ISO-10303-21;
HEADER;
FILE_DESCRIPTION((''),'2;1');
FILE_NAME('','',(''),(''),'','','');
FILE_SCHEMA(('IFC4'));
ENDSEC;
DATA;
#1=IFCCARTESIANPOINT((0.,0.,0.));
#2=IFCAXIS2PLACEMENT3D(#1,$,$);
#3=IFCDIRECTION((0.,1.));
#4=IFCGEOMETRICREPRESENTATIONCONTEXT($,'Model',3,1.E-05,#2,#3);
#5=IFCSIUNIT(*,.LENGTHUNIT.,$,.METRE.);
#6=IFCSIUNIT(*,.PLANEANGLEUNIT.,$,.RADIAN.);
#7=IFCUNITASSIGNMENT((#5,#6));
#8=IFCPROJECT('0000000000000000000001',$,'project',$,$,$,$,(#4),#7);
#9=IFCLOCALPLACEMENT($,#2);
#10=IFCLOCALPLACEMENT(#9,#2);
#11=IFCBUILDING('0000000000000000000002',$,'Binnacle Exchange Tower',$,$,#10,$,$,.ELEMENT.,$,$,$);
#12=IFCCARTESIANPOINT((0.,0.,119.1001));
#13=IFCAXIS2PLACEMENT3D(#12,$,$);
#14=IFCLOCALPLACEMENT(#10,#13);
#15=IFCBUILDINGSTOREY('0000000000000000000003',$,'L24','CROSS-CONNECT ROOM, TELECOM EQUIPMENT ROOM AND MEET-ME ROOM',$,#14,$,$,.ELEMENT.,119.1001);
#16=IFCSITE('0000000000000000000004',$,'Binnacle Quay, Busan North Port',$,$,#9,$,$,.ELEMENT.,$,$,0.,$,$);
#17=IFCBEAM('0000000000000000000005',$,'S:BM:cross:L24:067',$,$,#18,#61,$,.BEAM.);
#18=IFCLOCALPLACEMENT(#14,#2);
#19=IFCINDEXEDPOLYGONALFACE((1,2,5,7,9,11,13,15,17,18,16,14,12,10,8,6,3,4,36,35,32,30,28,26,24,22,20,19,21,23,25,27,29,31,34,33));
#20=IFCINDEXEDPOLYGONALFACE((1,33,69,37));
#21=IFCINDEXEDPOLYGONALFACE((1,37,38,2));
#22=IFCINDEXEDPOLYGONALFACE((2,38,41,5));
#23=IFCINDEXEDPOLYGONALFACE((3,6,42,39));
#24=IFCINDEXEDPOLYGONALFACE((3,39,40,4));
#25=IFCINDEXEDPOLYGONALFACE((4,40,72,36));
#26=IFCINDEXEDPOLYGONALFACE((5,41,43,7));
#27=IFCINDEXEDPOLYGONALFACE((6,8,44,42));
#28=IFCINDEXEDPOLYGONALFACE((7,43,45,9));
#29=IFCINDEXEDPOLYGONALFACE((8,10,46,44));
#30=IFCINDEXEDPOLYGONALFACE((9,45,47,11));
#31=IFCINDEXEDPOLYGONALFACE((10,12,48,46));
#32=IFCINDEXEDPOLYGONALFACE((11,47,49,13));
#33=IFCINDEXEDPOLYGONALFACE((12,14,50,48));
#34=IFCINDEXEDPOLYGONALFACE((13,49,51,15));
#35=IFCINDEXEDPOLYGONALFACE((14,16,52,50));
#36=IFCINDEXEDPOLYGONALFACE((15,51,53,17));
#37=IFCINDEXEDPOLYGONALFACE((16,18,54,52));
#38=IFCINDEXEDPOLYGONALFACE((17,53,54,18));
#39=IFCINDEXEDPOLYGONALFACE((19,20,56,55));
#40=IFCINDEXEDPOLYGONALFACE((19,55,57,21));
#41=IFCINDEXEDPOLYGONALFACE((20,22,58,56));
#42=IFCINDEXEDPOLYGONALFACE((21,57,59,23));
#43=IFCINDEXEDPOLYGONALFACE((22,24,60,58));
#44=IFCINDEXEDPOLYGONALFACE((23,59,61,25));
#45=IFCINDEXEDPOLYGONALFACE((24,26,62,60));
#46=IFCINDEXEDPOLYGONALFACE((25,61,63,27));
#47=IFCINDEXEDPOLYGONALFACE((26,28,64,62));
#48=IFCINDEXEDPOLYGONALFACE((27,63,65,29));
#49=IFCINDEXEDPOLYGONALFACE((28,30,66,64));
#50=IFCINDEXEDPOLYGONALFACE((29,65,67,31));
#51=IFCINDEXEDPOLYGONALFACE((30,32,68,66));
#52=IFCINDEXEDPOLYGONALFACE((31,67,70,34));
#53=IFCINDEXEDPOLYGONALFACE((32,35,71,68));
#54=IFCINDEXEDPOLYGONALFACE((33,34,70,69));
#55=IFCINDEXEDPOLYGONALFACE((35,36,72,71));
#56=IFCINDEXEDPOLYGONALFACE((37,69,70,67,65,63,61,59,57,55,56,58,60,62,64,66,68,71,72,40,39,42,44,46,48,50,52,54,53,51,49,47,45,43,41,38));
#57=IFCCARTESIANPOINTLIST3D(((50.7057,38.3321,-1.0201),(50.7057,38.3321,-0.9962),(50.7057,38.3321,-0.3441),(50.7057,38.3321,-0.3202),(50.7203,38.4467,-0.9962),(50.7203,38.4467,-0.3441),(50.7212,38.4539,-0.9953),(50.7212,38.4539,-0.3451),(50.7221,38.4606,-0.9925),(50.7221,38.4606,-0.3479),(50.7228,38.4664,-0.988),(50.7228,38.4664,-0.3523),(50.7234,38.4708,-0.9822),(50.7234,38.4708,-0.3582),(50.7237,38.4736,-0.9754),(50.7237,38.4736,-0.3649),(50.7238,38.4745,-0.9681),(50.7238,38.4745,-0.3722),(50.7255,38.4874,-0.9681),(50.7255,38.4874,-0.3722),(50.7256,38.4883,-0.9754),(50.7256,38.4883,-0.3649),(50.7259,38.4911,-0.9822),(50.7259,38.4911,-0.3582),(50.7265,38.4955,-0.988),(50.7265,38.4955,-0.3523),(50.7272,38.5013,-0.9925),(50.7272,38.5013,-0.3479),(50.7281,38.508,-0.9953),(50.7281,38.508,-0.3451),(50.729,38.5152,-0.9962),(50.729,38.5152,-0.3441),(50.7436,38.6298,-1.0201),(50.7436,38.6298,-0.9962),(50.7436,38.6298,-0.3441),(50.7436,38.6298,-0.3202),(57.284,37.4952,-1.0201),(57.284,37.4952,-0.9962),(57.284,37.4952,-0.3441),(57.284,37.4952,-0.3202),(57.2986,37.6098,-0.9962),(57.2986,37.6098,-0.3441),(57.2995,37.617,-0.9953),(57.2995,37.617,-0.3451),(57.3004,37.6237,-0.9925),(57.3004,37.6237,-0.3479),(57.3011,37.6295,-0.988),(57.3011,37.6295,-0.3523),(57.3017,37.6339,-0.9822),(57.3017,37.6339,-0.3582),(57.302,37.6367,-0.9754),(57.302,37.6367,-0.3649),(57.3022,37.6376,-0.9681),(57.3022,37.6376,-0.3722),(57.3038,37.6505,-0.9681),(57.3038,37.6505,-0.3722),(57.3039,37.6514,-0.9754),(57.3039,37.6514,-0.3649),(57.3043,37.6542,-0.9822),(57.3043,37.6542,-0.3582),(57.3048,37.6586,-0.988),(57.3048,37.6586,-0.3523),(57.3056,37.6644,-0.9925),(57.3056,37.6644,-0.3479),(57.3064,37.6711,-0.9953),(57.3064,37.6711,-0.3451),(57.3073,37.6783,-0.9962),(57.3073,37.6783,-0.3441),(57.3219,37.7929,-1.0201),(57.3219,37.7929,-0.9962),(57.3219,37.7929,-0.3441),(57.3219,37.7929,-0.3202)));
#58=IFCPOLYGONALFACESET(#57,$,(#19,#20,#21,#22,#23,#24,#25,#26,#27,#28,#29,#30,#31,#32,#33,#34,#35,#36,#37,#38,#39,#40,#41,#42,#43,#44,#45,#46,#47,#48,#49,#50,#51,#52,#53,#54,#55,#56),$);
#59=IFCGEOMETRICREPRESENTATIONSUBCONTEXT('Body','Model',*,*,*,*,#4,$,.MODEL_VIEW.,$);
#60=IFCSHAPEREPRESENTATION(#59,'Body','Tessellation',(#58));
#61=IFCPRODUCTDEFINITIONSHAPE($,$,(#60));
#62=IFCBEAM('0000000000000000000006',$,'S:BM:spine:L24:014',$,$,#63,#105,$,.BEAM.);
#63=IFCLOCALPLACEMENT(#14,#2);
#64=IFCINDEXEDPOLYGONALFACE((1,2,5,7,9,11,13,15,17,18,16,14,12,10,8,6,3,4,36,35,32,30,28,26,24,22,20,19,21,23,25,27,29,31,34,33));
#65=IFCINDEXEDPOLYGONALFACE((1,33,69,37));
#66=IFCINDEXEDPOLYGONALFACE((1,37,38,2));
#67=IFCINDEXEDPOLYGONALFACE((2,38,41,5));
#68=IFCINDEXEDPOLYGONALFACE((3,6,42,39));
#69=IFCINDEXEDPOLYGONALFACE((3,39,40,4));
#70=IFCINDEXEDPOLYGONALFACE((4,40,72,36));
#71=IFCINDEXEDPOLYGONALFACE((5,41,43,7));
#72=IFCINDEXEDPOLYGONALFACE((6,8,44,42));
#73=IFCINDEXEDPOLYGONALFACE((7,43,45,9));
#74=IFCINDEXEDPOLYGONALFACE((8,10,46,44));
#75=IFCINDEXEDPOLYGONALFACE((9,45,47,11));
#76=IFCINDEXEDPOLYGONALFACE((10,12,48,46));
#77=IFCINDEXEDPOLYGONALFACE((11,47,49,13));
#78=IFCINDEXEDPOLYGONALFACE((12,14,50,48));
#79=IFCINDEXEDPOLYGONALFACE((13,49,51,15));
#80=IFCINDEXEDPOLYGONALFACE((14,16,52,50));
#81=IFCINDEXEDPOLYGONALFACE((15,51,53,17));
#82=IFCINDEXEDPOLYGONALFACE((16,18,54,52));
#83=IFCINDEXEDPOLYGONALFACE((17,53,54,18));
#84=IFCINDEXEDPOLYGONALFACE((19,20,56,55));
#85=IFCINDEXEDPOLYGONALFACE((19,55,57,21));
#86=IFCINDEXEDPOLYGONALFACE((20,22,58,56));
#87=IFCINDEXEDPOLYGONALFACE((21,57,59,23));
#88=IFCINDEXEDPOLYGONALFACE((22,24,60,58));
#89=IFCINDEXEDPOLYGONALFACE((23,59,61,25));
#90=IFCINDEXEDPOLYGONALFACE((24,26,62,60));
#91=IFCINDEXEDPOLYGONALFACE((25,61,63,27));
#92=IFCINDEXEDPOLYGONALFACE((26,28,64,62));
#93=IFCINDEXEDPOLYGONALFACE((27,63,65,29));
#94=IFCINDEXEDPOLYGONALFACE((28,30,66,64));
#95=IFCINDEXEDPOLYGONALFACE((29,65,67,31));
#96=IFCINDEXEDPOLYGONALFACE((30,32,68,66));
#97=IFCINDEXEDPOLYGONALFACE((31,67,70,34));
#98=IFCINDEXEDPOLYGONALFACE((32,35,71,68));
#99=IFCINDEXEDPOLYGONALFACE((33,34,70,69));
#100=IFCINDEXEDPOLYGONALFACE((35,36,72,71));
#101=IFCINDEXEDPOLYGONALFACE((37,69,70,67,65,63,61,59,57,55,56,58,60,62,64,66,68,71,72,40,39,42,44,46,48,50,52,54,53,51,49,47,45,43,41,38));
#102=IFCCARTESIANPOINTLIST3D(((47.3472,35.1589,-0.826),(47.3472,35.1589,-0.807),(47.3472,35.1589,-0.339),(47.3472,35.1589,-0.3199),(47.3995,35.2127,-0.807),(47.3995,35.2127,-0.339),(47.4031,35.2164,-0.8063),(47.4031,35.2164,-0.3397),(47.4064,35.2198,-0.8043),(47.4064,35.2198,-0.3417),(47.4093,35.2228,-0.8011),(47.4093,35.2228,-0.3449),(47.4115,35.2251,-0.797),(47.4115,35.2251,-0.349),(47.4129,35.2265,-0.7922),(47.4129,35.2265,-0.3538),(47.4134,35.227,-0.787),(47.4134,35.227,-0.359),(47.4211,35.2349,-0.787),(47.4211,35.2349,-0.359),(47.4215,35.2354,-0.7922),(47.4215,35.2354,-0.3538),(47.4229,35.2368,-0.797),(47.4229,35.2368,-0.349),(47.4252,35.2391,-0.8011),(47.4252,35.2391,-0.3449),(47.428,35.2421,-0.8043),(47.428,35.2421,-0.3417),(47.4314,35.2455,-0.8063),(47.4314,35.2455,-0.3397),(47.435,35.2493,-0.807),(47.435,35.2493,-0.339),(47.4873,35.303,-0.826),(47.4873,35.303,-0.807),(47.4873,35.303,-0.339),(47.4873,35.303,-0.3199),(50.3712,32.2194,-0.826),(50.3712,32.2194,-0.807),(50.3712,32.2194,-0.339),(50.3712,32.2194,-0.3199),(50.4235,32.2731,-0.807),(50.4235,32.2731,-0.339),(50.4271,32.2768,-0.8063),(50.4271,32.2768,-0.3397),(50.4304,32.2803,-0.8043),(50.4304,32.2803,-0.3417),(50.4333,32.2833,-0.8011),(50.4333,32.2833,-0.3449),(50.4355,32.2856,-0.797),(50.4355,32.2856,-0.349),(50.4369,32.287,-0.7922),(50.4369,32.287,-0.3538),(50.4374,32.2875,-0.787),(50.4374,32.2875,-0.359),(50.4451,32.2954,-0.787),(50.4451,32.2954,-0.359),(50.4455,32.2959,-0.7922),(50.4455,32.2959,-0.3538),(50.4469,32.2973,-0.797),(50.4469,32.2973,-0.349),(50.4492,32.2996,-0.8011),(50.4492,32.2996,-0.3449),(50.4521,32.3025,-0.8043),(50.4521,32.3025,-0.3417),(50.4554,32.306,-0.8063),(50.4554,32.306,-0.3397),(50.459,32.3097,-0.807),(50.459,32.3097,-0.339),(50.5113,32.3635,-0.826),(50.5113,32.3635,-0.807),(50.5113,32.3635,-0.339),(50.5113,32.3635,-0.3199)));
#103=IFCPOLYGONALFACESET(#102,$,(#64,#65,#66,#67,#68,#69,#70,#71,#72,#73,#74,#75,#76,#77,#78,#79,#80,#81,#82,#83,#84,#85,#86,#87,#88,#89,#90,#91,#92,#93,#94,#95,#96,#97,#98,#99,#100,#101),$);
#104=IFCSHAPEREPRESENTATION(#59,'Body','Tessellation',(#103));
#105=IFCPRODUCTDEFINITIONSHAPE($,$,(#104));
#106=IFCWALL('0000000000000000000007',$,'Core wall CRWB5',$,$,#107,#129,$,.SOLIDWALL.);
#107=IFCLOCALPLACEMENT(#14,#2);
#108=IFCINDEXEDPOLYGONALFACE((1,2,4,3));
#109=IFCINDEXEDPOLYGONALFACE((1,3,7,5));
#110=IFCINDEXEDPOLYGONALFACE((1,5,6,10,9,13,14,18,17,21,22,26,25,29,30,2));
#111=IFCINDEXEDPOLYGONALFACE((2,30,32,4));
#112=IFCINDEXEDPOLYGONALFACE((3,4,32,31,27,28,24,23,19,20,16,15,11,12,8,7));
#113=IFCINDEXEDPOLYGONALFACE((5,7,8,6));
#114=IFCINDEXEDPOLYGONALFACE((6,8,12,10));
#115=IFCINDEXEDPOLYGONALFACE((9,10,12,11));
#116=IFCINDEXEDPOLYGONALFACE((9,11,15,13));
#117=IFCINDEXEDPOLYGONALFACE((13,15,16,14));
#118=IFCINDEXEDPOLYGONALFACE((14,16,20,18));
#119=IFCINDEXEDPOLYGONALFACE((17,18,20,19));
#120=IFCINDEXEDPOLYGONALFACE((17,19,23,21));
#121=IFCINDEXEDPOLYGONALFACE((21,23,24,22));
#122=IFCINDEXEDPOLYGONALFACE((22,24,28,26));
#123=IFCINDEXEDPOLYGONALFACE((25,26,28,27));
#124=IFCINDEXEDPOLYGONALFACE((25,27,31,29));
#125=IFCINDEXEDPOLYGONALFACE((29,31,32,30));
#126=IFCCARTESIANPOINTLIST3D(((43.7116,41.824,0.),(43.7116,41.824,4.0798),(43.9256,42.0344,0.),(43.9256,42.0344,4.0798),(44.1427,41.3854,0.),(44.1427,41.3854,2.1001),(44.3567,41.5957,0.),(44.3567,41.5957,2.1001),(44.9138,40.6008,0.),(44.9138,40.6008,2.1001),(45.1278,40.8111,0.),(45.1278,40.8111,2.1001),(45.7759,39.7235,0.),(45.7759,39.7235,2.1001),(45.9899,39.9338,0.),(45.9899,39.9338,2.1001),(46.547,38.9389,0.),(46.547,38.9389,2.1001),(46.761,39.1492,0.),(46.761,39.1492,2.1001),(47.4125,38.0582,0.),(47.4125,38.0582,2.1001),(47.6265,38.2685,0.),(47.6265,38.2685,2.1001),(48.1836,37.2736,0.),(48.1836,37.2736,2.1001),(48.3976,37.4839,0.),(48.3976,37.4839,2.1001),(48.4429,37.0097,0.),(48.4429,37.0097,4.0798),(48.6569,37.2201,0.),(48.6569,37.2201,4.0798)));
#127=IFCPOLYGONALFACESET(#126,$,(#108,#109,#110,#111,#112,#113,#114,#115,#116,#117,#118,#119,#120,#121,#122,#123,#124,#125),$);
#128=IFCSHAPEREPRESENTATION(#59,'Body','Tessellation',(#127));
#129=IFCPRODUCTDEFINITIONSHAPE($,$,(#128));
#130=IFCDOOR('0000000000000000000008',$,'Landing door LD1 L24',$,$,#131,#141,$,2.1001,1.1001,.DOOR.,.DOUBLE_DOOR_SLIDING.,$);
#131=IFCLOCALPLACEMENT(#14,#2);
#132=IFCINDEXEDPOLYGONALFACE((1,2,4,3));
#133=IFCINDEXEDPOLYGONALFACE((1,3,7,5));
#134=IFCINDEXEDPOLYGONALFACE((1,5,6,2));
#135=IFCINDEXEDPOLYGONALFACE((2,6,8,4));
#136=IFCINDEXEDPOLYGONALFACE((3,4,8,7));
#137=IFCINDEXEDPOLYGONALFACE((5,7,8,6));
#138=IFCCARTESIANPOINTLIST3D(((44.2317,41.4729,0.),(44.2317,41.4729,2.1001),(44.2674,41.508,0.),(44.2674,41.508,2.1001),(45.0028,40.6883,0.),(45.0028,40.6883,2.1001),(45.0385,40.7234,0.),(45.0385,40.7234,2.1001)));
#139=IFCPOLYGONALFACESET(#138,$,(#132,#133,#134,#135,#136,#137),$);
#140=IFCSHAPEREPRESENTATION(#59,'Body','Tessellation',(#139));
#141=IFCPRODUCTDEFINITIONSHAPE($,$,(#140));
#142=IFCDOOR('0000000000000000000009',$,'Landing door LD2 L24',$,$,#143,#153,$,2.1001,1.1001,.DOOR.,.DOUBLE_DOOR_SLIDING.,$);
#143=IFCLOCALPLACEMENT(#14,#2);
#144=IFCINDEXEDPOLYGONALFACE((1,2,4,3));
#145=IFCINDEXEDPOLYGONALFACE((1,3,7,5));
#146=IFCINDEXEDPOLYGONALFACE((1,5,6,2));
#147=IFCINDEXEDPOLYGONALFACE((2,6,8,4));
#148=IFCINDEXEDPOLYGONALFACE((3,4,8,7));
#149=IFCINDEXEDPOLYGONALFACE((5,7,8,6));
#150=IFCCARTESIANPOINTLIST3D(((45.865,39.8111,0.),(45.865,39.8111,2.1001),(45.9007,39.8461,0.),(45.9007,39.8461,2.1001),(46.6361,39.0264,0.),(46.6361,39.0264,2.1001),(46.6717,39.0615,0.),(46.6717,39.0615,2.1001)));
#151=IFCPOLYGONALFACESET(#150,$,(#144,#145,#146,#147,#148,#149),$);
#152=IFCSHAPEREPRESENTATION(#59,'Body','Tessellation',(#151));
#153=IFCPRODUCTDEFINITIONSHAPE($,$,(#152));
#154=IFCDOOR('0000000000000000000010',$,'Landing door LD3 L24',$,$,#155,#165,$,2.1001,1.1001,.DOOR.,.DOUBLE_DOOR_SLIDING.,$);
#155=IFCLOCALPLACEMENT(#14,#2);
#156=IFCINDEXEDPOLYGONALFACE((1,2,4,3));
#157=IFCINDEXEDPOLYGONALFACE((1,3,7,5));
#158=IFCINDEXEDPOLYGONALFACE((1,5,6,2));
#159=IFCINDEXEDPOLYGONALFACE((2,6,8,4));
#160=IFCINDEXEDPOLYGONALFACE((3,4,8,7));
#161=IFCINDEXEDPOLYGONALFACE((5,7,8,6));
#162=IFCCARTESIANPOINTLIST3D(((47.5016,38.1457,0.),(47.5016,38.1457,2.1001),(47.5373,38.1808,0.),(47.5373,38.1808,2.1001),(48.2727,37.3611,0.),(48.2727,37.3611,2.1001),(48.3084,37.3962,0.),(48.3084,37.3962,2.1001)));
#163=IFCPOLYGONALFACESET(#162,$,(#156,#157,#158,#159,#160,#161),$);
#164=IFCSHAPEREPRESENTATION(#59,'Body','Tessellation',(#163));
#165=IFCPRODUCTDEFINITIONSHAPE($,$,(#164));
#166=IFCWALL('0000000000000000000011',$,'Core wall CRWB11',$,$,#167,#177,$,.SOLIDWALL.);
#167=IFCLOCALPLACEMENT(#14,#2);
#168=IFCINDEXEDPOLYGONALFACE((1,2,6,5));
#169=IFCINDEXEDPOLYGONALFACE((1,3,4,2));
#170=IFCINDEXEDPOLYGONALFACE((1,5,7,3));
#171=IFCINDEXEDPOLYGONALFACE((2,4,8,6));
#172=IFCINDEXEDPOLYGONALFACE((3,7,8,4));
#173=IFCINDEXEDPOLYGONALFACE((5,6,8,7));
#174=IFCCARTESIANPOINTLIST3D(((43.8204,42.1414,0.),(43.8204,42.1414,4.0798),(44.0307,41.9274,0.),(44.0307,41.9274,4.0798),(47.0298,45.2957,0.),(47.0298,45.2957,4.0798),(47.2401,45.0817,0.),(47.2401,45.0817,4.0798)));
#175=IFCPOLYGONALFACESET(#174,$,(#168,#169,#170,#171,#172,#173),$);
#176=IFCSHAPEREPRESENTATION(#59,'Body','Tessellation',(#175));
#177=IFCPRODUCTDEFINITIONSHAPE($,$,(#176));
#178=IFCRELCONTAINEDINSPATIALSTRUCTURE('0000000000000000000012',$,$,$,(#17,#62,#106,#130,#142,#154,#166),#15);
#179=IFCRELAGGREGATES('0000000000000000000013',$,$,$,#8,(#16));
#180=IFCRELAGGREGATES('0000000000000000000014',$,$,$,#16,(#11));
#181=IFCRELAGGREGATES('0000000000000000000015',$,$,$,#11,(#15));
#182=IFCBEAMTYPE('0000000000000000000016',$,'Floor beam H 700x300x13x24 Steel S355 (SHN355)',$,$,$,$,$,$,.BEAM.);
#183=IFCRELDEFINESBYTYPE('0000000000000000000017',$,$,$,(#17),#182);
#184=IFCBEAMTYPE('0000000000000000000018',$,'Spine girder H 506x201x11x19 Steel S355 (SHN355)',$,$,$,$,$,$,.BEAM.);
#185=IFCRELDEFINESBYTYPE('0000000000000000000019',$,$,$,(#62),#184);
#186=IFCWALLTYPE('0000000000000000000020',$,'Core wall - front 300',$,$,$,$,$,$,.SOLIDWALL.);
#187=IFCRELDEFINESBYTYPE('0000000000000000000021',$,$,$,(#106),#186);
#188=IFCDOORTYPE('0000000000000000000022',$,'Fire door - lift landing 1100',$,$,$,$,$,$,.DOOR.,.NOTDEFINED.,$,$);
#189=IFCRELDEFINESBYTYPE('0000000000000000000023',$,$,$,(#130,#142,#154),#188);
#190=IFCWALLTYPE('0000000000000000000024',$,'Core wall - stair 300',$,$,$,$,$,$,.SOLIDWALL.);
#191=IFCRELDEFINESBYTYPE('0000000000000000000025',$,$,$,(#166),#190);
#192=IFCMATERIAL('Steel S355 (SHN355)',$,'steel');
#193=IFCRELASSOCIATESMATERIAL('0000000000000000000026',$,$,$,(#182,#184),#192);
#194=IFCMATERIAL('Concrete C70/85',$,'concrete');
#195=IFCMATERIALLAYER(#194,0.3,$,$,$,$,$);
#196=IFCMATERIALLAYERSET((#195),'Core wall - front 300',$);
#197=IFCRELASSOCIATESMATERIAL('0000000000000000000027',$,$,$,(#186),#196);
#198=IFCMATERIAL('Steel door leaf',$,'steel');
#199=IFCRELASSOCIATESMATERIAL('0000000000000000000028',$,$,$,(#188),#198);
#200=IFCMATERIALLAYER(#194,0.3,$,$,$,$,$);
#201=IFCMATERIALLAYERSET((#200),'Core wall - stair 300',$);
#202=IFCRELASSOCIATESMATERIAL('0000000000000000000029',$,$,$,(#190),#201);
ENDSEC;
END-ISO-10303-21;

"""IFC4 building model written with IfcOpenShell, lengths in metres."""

from ifc_helpers import new_model, si_unit, direction, frame, frame_2d, origin, origin_2d, place, context, subcontext, project, spatial, rectangle, i_section, extrude, material, layer, layer_set, material_profile, profile_set, type_object, element, fill, save


model = new_model("IFC4")

# Units and contexts
model_context = context("Model", 3, precision=1e-05, world=origin(), true_north=direction((0.0, 1.0)))
body_context = subcontext(model_context, "Body", "Model", "MODEL_VIEW")
ifc_project = project(units=[si_unit("LENGTHUNIT", "METRE"), si_unit("PLANEANGLEUNIT", "RADIAN")], contexts=[model_context])

# Site, building, storey
site_placement = place(None, origin())
site = spatial("IfcSite", under=ifc_project, at=site_placement, Name="Binnacle Quay, Busan North Port", CompositionType="ELEMENT", RefElevation=0.0)
building_placement = place(site_placement, origin())
building = spatial("IfcBuilding", under=site, at=building_placement, Name="Binnacle Exchange Tower", CompositionType="ELEMENT")
storey_placement = place(building_placement, frame((0.0, 0.0, 119.1001)))
storey = spatial("IfcBuildingStorey", under=building, at=storey_placement, Name="L24", Description="CROSS-CONNECT ROOM, TELECOM EQUIPMENT ROOM AND MEET-ME ROOM", CompositionType="ELEMENT", Elevation=119.1001)

# Shared definitions
ifc_material_1 = material(Name="Concrete C70/85", Category="concrete")

# Beams
ifc_material_2 = material(Name="Steel S355 (SHN355)", Category="steel")
ifc_material_profile_1 = material_profile(ifc_material_2, i_section(OverallWidth=0.3, OverallDepth=0.7, WebThickness=0.0129, FlangeThickness=0.0239, FilletRadius=0.0281, at=origin_2d()), Name="H 700x300x13x24")
ifc_profile_set_1 = profile_set([ifc_material_profile_1], Name="Steel S355 (SHN355)")
beam_type_1 = type_object("IfcBeamType", Name="Floor beam H 700x300x13x24 Steel S355 (SHN355)", PredefinedType="BEAM", material=ifc_profile_set_1)
beam_1_placement = place(storey_placement, frame((57.303, 37.644, -0.6702), z_axis=(-0.992004, 0.126205, 0.0), x_axis=(-0.126205, -0.992004, 0.0)))
element("IfcBeam", 1, at=beam_1_placement, inside=storey, type_object=beam_type_1, Name="S:BM:cross:L24:067", PredefinedType="BEAM", context=body_context, shape_type="SweptSolid", body=[
    extrude(i_section(OverallWidth=0.3, OverallDepth=0.7, WebThickness=0.0129, FlangeThickness=0.0239, FilletRadius=0.0281, at=origin_2d()), origin(), (0.0, 0.0, 1.0), 6.6313),
])
ifc_material_profile_2 = material_profile(ifc_material_2, i_section(OverallWidth=0.2009, OverallDepth=0.5061, WebThickness=0.011, FlangeThickness=0.019, FilletRadius=0.02, at=origin_2d()), Name="H 506x201x11x19")
ifc_profile_set_2 = profile_set([ifc_material_profile_2], Name="Steel S355 (SHN355)")
beam_type_2 = type_object("IfcBeamType", Name="Spine girder H 506x201x11x19 Steel S355 (SHN355)", PredefinedType="BEAM", material=ifc_profile_set_2)
beam_2_placement = place(storey_placement, frame((47.4172, 35.231, -0.573), z_axis=(0.717051, -0.697021, 0.0), x_axis=(0.697021, 0.717051, 0.0)))
element("IfcBeam", 2, at=beam_2_placement, inside=storey, type_object=beam_type_2, Name="S:BM:spine:L24:014", PredefinedType="BEAM", context=body_context, shape_type="SweptSolid", body=[
    extrude(i_section(OverallWidth=0.2009, OverallDepth=0.5061, WebThickness=0.011, FlangeThickness=0.019, FilletRadius=0.02, at=origin_2d()), origin(), (0.0, 0.0, 1.0), 4.2173),
])

# Wall, openings, doors
ifc_layer_1 = layer(ifc_material_1, 0.3)
ifc_layer_set_1 = layer_set([ifc_layer_1], Name="Core wall - front 300")
wall_type_1 = type_object("IfcWallType", Name="Core wall - front 300", PredefinedType="SOLIDWALL", material=ifc_layer_set_1)
wall_1_placement = place(storey_placement, frame((43.8186, 41.9292, 0.0), z_axis=(0.0, 0.0, 1.0), x_axis=(0.700931, -0.713229, 0.0)))
wall_1 = element("IfcWall", 3, at=wall_1_placement, inside=storey, type_object=wall_type_1, Name="Core wall CRWB5", PredefinedType="SOLIDWALL", context=body_context, shape_type="SweptSolid", body=[
    extrude(rectangle(XDim=6.75, YDim=0.3, at=frame_2d((3.375, 0.0))), origin(), (0.0, 0.0, 1.0), 4.0798),
])
opening_1_placement = place(wall_1_placement, frame((0.615, 0.0, 0.0)))
opening_1 = element("IfcOpeningElement", 4, at=opening_1_placement, cuts=wall_1, PredefinedType="OPENING", context=body_context, shape_type="SweptSolid", body=[
    extrude(rectangle(XDim=1.1001, YDim=2.1001, at=frame_2d((0.55, 1.05))), frame((0.0, 0.1599, 0.0), z_axis=(0.0, -1.0, 0.0), x_axis=(1.0, 0.0, 0.0)), (0.0, 0.0, 1.0), 0.3201),
])
opening_2_placement = place(wall_1_placement, frame((2.9451, 0.0, 0.0)))
opening_2 = element("IfcOpeningElement", 5, at=opening_2_placement, cuts=wall_1, PredefinedType="OPENING", context=body_context, shape_type="SweptSolid", body=[
    extrude(rectangle(XDim=1.1001, YDim=2.1001, at=frame_2d((0.55, 1.05))), frame((0.0, 0.1599, 0.0), z_axis=(0.0, -1.0, 0.0), x_axis=(1.0, 0.0, 0.0)), (0.0, 0.0, 1.0), 0.3201),
])
opening_3_placement = place(wall_1_placement, frame((5.28, 0.0, 0.0)))
opening_3 = element("IfcOpeningElement", 6, at=opening_3_placement, cuts=wall_1, PredefinedType="OPENING", context=body_context, shape_type="SweptSolid", body=[
    extrude(rectangle(XDim=1.1001, YDim=2.1001, at=frame_2d((0.55, 1.05))), frame((0.0, 0.1599, 0.0), z_axis=(0.0, -1.0, 0.0), x_axis=(1.0, 0.0, 0.0)), (0.0, 0.0, 1.0), 0.3201),
])
ifc_material_3 = material(Name="Steel door leaf", Category="steel")
door_type_1 = type_object("IfcDoorType", Name="Fire door - lift landing 1100", OperationType="NOTDEFINED", PredefinedType="DOOR", material=ifc_material_3)
door_1_placement = place(opening_1_placement, origin())
door_1 = element("IfcDoor", 7, at=door_1_placement, inside=storey, type_object=door_type_1, Name="Landing door LD1 L24", OperationType="DOUBLE_DOOR_SLIDING", OverallHeight=2.1001, OverallWidth=1.1001, PredefinedType="DOOR", context=body_context, shape_type="SweptSolid", body=[
    extrude(rectangle(XDim=1.1001, YDim=2.1001, at=frame_2d((0.55, 1.05))), frame((0.0, 0.0249, 0.0), z_axis=(0.0, -1.0, 0.0), x_axis=(1.0, 0.0, 0.0)), (0.0, 0.0, 1.0), 0.05),
])
fill(opening_1, door_1)
door_2_placement = place(opening_2_placement, origin())
door_2 = element("IfcDoor", 8, at=door_2_placement, inside=storey, type_object=door_type_1, Name="Landing door LD2 L24", OperationType="DOUBLE_DOOR_SLIDING", OverallHeight=2.1001, OverallWidth=1.1001, PredefinedType="DOOR", context=body_context, shape_type="SweptSolid", body=[
    extrude(rectangle(XDim=1.1001, YDim=2.1001, at=frame_2d((0.55, 1.05))), frame((0.0, 0.0249, 0.0), z_axis=(0.0, -1.0, 0.0), x_axis=(1.0, 0.0, 0.0)), (0.0, 0.0, 1.0), 0.05),
])
fill(opening_2, door_2)
door_3_placement = place(opening_3_placement, origin())
door_3 = element("IfcDoor", 9, at=door_3_placement, inside=storey, type_object=door_type_1, Name="Landing door LD3 L24", OperationType="DOUBLE_DOOR_SLIDING", OverallHeight=2.1001, OverallWidth=1.1001, PredefinedType="DOOR", context=body_context, shape_type="SweptSolid", body=[
    extrude(rectangle(XDim=1.1001, YDim=2.1001, at=frame_2d((0.55, 1.05))), frame((0.0, 0.0249, 0.0), z_axis=(0.0, -1.0, 0.0), x_axis=(1.0, 0.0, 0.0)), (0.0, 0.0, 1.0), 0.05),
])
fill(opening_3, door_3)

# Wall
ifc_layer_2 = layer(ifc_material_1, 0.3)
ifc_layer_set_2 = layer_set([ifc_layer_2], Name="Core wall - stair 300")
wall_type_2 = type_object("IfcWallType", Name="Core wall - stair 300", PredefinedType="SOLIDWALL", material=ifc_layer_set_2)
wall_2_placement = place(storey_placement, frame((43.9255, 42.0344, 0.0), z_axis=(0.0, 0.0, 1.0), x_axis=(0.713211, 0.70095, 0.0)))
element("IfcWall", 10, at=wall_2_placement, inside=storey, type_object=wall_type_2, Name="Core wall CRWB11", PredefinedType="SOLIDWALL", context=body_context, shape_type="SweptSolid", body=[
    extrude(rectangle(XDim=4.5, YDim=0.3, at=frame_2d((2.25, 0.0))), origin(), (0.0, 0.0, 1.0), 4.0798),
])

save(model, "model.ifc")
